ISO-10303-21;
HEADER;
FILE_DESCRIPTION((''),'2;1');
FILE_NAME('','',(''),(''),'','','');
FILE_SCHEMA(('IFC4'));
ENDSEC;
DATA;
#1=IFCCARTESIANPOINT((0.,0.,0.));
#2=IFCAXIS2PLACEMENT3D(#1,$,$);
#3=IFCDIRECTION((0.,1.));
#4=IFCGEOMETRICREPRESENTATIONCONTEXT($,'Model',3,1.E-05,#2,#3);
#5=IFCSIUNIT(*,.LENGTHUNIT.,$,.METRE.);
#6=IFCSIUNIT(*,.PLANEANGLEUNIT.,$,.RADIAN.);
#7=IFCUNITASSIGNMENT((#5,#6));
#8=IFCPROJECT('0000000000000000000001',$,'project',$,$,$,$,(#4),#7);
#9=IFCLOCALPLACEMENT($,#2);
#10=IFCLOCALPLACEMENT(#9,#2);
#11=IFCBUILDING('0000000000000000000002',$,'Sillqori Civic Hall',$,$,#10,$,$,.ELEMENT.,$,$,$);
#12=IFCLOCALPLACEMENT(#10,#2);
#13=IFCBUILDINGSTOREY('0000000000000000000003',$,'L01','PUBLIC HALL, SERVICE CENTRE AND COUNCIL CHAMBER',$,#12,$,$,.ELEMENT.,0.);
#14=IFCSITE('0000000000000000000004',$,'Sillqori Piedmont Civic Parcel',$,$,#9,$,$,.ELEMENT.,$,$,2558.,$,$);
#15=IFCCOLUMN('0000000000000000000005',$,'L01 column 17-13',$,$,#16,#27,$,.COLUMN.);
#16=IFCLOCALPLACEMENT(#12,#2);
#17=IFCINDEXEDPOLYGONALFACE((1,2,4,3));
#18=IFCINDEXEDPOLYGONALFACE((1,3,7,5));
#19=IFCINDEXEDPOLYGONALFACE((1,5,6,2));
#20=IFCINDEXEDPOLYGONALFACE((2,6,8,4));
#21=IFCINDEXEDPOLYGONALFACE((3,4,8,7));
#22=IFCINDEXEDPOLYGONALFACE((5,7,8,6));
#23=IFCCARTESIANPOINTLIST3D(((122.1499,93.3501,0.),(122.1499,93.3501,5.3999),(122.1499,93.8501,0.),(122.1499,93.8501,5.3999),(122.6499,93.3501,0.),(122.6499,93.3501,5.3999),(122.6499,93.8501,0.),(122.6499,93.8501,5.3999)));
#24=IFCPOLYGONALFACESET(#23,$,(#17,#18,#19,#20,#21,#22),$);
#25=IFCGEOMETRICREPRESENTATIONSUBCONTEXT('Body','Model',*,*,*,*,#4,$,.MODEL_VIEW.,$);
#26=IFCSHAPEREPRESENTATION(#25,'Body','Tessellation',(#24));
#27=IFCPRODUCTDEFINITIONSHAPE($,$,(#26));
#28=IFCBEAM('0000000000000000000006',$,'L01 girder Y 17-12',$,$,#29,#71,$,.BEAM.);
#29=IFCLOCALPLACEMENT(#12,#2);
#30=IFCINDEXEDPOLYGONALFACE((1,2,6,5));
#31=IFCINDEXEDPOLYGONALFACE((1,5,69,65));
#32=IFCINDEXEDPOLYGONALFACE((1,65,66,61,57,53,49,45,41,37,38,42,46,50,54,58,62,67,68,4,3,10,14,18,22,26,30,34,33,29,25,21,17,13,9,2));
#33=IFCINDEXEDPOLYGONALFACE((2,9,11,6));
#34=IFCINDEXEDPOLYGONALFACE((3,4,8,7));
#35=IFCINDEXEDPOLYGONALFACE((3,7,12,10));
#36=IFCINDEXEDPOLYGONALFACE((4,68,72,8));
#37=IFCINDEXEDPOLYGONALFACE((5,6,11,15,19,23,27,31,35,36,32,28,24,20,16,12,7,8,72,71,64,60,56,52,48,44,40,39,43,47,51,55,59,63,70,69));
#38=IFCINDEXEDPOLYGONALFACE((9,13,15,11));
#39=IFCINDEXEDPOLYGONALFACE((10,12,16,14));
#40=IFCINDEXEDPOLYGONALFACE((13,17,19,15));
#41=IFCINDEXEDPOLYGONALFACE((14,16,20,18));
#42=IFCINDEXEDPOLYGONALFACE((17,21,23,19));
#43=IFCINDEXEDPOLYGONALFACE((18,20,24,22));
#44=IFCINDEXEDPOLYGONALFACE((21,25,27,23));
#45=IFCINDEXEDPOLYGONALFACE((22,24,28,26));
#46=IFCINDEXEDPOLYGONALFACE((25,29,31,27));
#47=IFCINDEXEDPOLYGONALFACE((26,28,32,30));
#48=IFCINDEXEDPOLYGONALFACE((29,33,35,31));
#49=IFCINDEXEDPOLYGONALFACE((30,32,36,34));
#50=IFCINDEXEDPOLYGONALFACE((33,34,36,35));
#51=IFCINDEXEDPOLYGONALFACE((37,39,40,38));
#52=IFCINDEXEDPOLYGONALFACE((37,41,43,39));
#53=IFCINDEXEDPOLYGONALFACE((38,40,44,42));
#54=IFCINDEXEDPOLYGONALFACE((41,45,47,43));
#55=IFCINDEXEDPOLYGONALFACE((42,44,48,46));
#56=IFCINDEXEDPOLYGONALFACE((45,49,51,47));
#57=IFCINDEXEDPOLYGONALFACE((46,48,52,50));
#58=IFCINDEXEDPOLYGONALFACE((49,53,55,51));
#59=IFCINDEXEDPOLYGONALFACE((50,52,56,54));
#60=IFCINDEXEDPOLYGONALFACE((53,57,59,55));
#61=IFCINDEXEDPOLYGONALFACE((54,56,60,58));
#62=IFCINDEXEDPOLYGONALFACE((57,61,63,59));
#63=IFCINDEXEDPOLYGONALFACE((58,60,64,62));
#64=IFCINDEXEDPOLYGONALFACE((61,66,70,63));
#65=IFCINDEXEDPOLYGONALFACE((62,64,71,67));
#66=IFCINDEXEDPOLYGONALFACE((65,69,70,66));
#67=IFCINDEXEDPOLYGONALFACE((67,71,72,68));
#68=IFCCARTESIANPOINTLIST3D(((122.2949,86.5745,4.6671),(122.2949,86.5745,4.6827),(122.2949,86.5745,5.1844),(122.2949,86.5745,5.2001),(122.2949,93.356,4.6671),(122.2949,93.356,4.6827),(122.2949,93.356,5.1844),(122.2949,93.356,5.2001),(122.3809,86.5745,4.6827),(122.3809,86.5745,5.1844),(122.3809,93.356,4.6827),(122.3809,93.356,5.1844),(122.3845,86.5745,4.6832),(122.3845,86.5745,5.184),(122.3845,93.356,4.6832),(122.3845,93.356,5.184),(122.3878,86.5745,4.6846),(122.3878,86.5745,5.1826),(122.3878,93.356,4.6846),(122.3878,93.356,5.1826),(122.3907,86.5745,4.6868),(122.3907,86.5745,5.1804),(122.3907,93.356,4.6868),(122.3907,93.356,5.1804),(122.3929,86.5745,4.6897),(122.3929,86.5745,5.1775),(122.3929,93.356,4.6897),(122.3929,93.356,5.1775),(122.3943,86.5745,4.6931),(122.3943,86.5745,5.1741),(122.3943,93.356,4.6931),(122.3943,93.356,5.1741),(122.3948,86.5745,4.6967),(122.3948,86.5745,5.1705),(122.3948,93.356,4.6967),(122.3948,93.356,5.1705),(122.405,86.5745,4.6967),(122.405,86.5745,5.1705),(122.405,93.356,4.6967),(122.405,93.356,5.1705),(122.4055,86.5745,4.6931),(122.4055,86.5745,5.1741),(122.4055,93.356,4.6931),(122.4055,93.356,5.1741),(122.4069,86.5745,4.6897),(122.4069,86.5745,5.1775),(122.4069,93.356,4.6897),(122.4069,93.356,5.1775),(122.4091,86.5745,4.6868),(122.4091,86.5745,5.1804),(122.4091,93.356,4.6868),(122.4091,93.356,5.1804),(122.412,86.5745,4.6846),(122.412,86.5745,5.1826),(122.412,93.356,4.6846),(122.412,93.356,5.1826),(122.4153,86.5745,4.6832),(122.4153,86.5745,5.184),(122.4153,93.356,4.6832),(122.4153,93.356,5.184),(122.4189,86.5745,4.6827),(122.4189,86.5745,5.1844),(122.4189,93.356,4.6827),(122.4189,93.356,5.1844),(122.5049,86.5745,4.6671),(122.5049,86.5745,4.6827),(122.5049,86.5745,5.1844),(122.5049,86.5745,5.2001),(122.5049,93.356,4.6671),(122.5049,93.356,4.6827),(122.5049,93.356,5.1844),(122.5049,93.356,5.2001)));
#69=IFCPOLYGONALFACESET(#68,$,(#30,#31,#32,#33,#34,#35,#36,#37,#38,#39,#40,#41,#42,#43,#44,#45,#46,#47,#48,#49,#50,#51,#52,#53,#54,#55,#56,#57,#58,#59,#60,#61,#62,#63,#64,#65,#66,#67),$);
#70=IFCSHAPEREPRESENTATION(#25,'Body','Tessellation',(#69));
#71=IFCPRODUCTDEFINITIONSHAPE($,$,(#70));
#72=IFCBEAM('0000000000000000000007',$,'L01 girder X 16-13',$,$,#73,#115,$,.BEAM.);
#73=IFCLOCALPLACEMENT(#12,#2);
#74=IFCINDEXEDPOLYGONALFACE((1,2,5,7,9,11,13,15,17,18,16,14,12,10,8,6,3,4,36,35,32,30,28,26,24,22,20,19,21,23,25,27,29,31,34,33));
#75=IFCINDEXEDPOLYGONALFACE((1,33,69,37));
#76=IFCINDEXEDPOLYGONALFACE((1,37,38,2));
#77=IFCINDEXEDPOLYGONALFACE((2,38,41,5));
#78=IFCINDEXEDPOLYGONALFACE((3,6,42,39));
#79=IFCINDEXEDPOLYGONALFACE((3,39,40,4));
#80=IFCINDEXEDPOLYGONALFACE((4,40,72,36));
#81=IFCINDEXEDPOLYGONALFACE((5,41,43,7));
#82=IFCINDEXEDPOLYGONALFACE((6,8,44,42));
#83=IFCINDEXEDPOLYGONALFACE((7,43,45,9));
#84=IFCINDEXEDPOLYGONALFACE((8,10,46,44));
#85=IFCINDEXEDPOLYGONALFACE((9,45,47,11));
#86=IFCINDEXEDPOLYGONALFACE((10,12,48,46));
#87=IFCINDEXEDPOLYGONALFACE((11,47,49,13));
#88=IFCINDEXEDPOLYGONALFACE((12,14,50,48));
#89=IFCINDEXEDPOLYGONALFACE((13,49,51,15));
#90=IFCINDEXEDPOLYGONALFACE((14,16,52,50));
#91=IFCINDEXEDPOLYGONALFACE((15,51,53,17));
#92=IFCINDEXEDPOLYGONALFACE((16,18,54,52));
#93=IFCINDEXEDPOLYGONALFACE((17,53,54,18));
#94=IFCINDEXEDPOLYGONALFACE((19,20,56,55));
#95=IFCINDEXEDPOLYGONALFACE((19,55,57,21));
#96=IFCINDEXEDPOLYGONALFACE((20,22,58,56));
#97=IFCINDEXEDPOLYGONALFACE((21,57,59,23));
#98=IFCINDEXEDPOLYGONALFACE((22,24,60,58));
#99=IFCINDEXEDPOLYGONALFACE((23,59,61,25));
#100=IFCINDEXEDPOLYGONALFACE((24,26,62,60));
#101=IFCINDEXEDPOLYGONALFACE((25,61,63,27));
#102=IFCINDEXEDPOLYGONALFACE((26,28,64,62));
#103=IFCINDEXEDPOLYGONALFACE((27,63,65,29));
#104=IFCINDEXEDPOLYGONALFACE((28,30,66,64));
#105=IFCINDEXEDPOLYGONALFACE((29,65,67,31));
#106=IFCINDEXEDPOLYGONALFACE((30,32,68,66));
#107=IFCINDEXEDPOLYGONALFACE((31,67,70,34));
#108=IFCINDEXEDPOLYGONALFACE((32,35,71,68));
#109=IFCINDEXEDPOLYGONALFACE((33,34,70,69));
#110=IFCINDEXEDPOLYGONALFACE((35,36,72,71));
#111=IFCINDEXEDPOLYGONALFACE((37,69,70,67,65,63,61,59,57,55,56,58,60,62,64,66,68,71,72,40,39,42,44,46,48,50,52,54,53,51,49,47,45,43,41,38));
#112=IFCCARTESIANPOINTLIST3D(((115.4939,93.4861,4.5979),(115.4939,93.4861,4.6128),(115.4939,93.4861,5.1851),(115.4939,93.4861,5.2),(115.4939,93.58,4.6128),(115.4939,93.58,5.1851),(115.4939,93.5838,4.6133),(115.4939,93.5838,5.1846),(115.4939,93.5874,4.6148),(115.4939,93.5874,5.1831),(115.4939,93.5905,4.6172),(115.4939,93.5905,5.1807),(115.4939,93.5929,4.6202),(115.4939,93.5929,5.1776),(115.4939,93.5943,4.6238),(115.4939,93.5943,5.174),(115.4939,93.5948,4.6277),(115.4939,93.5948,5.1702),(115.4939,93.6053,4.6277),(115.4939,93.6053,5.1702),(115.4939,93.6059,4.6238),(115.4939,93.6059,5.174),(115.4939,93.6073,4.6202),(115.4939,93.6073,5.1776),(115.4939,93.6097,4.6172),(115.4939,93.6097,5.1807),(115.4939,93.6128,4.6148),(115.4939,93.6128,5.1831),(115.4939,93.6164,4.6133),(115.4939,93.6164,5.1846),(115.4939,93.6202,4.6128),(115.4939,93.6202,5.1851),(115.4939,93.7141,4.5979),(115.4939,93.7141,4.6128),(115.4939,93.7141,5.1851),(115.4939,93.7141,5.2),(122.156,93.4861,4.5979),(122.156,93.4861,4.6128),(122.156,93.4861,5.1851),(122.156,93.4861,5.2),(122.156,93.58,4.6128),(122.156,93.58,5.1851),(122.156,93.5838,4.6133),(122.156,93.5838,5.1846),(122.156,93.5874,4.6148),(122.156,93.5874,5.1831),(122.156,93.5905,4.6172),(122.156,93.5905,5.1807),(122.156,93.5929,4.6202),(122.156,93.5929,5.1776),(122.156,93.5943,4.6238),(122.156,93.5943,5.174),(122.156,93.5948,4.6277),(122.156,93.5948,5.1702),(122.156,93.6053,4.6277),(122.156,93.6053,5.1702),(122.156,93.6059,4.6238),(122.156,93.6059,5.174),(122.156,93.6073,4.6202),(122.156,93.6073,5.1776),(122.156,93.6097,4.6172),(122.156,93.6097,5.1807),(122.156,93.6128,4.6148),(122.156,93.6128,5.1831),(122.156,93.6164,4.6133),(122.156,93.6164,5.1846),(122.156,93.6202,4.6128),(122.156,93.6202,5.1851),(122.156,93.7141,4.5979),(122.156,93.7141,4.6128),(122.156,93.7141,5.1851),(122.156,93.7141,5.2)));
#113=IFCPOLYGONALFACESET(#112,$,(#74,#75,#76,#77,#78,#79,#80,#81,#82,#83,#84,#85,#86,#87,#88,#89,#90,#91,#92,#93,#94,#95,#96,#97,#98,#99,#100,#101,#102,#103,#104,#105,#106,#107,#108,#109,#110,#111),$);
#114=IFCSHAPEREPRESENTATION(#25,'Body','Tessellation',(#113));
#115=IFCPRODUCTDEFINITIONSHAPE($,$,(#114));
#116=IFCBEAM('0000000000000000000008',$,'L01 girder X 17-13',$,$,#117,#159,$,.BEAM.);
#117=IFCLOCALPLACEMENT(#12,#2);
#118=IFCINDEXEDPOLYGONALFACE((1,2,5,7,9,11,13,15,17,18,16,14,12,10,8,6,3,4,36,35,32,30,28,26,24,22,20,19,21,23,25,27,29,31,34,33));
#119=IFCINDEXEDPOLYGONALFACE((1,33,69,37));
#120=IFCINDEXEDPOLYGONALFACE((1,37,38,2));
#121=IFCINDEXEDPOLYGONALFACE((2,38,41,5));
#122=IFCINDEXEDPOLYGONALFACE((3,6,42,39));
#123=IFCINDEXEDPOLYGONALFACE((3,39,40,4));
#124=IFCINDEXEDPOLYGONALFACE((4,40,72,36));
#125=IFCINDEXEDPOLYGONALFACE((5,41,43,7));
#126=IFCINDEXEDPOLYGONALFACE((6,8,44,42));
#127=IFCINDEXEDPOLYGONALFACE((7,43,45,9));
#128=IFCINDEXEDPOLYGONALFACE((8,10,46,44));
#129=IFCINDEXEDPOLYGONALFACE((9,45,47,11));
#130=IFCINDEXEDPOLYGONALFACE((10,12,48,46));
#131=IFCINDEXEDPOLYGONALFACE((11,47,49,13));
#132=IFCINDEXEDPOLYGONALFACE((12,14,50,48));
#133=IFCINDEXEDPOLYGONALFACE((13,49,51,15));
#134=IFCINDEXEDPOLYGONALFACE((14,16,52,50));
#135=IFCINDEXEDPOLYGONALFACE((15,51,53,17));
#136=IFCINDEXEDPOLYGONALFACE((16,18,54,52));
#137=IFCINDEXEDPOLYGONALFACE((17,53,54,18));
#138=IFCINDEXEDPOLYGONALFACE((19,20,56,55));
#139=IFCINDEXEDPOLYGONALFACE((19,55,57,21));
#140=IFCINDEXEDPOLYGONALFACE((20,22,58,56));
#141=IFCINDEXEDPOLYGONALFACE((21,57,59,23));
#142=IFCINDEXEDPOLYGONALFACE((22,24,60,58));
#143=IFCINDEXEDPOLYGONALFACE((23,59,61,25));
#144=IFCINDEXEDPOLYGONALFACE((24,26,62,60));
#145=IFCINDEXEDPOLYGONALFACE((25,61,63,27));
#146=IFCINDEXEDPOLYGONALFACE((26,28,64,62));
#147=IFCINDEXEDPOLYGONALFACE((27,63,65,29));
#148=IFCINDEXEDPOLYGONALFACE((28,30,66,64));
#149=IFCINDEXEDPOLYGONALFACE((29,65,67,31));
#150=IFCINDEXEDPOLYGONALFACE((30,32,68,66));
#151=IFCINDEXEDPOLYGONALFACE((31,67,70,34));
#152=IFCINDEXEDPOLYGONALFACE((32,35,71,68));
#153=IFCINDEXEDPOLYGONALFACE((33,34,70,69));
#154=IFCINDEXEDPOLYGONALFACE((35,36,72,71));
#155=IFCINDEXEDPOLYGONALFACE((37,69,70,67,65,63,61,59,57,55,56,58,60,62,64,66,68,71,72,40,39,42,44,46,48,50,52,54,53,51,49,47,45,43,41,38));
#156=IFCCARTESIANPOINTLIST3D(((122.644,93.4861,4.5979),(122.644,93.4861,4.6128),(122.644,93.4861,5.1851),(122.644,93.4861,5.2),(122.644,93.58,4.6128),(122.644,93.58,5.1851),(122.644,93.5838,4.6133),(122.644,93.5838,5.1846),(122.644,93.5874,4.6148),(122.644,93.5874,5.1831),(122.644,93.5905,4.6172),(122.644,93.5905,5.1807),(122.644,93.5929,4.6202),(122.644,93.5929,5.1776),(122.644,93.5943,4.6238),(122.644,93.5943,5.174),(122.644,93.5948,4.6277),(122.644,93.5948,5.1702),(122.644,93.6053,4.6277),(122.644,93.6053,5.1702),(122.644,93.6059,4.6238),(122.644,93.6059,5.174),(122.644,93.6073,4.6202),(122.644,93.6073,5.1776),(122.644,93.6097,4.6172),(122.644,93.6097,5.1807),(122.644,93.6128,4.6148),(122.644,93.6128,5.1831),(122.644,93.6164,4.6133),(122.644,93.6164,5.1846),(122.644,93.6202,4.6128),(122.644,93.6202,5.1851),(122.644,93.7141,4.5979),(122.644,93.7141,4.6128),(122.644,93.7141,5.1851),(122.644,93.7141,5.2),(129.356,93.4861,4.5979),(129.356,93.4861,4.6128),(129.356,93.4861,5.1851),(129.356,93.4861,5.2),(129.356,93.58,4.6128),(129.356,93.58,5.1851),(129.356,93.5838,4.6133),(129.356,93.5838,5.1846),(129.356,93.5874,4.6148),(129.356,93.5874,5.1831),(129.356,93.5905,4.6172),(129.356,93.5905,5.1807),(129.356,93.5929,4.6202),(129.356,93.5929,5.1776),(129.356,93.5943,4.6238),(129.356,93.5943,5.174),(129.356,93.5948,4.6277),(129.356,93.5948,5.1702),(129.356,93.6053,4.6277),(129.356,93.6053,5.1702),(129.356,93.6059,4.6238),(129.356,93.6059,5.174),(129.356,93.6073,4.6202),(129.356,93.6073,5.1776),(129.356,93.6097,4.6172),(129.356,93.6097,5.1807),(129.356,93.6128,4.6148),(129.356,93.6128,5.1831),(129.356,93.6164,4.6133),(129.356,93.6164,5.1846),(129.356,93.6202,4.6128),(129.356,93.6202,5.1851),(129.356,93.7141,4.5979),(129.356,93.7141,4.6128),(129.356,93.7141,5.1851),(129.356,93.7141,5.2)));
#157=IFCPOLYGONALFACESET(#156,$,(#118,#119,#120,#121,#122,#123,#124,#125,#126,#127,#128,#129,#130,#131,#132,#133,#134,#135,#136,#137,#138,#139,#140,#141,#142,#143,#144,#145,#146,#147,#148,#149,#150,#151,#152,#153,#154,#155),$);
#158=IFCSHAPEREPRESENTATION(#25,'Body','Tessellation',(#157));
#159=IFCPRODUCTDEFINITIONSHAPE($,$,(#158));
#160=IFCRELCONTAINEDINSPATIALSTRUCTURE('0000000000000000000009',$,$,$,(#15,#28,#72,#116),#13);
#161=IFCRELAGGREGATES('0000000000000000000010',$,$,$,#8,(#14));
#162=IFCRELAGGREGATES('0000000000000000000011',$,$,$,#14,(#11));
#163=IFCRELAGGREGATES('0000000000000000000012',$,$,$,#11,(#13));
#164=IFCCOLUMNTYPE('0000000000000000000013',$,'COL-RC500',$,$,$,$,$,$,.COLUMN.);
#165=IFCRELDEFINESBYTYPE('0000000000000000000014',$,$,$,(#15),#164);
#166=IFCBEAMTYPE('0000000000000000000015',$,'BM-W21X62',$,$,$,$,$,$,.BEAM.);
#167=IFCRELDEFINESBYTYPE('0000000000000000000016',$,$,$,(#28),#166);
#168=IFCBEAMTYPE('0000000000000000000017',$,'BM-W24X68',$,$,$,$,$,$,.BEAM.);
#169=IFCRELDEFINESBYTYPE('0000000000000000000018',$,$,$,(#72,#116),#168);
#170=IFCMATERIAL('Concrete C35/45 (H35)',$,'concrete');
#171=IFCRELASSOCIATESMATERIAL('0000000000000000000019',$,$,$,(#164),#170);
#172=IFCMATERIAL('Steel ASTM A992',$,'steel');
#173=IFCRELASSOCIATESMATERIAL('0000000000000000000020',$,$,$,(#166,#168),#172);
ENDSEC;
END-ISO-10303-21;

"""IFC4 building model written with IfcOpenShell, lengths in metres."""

from ifc_helpers import new_model, si_unit, direction, frame, origin, origin_2d, place, context, subcontext, project, spatial, rectangle, i_section, extrude, material, material_profile, profile_set, type_object, element, save


model = new_model("IFC4")

# Units and contexts
model_context = context("Model", 3, precision=1e-05, world=origin(), true_north=direction((0.0, 1.0)))
body_context = subcontext(model_context, "Body", "Model", "MODEL_VIEW")
ifc_project = project(units=[si_unit("LENGTHUNIT", "METRE"), si_unit("PLANEANGLEUNIT", "RADIAN")], contexts=[model_context])

# Site, building, storey
site_placement = place(None, origin())
site = spatial("IfcSite", under=ifc_project, at=site_placement, Name="Sillqori Piedmont Civic Parcel", CompositionType="ELEMENT", RefElevation=2558.0)
building_placement = place(site_placement, origin())
building = spatial("IfcBuilding", under=site, at=building_placement, Name="Sillqori Civic Hall", CompositionType="ELEMENT")
storey_placement = place(building_placement, origin())
storey = spatial("IfcBuildingStorey", under=building, at=storey_placement, Name="L01", Description="PUBLIC HALL, SERVICE CENTRE AND COUNCIL CHAMBER", CompositionType="ELEMENT", Elevation=0.0)

# Column
ifc_material_1 = material(Name="Concrete C35/45 (H35)", Category="concrete")
ifc_material_profile_1 = material_profile(ifc_material_1, rectangle(XDim=0.5, YDim=0.5, at=origin_2d()), Name="RC 500x500")
ifc_profile_set_1 = profile_set([ifc_material_profile_1], Name="Concrete C35/45 (H35)")
column_type = type_object("IfcColumnType", Name="COL-RC500", PredefinedType="COLUMN", material=ifc_profile_set_1)
column_placement = place(storey_placement, frame((122.3999, 93.6001, 0.0), z_axis=(0.0, 0.0, 1.0), x_axis=(1.0, 0.0, 0.0)))
element("IfcColumn", 1, at=column_placement, inside=storey, type_object=column_type, Name="L01 column 17-13", PredefinedType="COLUMN", context=body_context, shape_type="SweptSolid", body=[
    extrude(rectangle(XDim=0.5, YDim=0.5, at=origin_2d()), origin(), (0.0, 0.0, 1.0), 5.3999),
])

# Beams
ifc_material_2 = material(Name="Steel ASTM A992", Category="steel")
ifc_material_profile_2 = material_profile(ifc_material_2, i_section(OverallWidth=0.21, OverallDepth=0.533, WebThickness=0.0103, FlangeThickness=0.0156, FilletRadius=0.0139, at=origin_2d()), Name="W21X62")
ifc_profile_set_2 = profile_set([ifc_material_profile_2], Name="Steel ASTM A992")
beam_type_1 = type_object("IfcBeamType", Name="BM-W21X62", PredefinedType="BEAM", material=ifc_profile_set_2)
beam_1_placement = place(storey_placement, frame((122.3999, 86.5745, 4.9336), z_axis=(0.0, 1.0, 0.0), x_axis=(-1.0, 0.0, 0.0)))
element("IfcBeam", 2, at=beam_1_placement, inside=storey, type_object=beam_type_1, Name="L01 girder Y 17-12", PredefinedType="BEAM", context=body_context, shape_type="SweptSolid", body=[
    extrude(i_section(OverallWidth=0.21, OverallDepth=0.533, WebThickness=0.0103, FlangeThickness=0.0156, FilletRadius=0.0139, at=origin_2d()), origin(), (0.0, 0.0, 1.0), 6.7815),
])
ifc_material_profile_3 = material_profile(ifc_material_2, i_section(OverallWidth=0.228, OverallDepth=0.6021, WebThickness=0.0105, FlangeThickness=0.0149, FilletRadius=0.0149, at=origin_2d()), Name="W24X68")
ifc_profile_set_3 = profile_set([ifc_material_profile_3], Name="Steel ASTM A992")
beam_type_2 = type_object("IfcBeamType", Name="BM-W24X68", PredefinedType="BEAM", material=ifc_profile_set_3)
beam_2_placement = place(storey_placement, frame((115.4939, 93.6001, 4.8989), z_axis=(1.0, 0.0, 0.0), x_axis=(0.0, 1.0, 0.0)))
element("IfcBeam", 3, at=beam_2_placement, inside=storey, type_object=beam_type_2, Name="L01 girder X 16-13", PredefinedType="BEAM", context=body_context, shape_type="SweptSolid", body=[
    extrude(i_section(OverallWidth=0.228, OverallDepth=0.6021, WebThickness=0.0105, FlangeThickness=0.0149, FilletRadius=0.0149, at=origin_2d()), origin(), (0.0, 0.0, 1.0), 6.6621),
])
beam_3_placement = place(storey_placement, frame((122.644, 93.6001, 4.8989), z_axis=(1.0, 0.0, 0.0), x_axis=(0.0, 1.0, 0.0)))
element("IfcBeam", 4, at=beam_3_placement, inside=storey, type_object=beam_type_2, Name="L01 girder X 17-13", PredefinedType="BEAM", context=body_context, shape_type="SweptSolid", body=[
    extrude(i_section(OverallWidth=0.228, OverallDepth=0.6021, WebThickness=0.0105, FlangeThickness=0.0149, FilletRadius=0.0149, at=origin_2d()), origin(), (0.0, 0.0, 1.0), 6.7119),
])

save(model, "model.ifc")
